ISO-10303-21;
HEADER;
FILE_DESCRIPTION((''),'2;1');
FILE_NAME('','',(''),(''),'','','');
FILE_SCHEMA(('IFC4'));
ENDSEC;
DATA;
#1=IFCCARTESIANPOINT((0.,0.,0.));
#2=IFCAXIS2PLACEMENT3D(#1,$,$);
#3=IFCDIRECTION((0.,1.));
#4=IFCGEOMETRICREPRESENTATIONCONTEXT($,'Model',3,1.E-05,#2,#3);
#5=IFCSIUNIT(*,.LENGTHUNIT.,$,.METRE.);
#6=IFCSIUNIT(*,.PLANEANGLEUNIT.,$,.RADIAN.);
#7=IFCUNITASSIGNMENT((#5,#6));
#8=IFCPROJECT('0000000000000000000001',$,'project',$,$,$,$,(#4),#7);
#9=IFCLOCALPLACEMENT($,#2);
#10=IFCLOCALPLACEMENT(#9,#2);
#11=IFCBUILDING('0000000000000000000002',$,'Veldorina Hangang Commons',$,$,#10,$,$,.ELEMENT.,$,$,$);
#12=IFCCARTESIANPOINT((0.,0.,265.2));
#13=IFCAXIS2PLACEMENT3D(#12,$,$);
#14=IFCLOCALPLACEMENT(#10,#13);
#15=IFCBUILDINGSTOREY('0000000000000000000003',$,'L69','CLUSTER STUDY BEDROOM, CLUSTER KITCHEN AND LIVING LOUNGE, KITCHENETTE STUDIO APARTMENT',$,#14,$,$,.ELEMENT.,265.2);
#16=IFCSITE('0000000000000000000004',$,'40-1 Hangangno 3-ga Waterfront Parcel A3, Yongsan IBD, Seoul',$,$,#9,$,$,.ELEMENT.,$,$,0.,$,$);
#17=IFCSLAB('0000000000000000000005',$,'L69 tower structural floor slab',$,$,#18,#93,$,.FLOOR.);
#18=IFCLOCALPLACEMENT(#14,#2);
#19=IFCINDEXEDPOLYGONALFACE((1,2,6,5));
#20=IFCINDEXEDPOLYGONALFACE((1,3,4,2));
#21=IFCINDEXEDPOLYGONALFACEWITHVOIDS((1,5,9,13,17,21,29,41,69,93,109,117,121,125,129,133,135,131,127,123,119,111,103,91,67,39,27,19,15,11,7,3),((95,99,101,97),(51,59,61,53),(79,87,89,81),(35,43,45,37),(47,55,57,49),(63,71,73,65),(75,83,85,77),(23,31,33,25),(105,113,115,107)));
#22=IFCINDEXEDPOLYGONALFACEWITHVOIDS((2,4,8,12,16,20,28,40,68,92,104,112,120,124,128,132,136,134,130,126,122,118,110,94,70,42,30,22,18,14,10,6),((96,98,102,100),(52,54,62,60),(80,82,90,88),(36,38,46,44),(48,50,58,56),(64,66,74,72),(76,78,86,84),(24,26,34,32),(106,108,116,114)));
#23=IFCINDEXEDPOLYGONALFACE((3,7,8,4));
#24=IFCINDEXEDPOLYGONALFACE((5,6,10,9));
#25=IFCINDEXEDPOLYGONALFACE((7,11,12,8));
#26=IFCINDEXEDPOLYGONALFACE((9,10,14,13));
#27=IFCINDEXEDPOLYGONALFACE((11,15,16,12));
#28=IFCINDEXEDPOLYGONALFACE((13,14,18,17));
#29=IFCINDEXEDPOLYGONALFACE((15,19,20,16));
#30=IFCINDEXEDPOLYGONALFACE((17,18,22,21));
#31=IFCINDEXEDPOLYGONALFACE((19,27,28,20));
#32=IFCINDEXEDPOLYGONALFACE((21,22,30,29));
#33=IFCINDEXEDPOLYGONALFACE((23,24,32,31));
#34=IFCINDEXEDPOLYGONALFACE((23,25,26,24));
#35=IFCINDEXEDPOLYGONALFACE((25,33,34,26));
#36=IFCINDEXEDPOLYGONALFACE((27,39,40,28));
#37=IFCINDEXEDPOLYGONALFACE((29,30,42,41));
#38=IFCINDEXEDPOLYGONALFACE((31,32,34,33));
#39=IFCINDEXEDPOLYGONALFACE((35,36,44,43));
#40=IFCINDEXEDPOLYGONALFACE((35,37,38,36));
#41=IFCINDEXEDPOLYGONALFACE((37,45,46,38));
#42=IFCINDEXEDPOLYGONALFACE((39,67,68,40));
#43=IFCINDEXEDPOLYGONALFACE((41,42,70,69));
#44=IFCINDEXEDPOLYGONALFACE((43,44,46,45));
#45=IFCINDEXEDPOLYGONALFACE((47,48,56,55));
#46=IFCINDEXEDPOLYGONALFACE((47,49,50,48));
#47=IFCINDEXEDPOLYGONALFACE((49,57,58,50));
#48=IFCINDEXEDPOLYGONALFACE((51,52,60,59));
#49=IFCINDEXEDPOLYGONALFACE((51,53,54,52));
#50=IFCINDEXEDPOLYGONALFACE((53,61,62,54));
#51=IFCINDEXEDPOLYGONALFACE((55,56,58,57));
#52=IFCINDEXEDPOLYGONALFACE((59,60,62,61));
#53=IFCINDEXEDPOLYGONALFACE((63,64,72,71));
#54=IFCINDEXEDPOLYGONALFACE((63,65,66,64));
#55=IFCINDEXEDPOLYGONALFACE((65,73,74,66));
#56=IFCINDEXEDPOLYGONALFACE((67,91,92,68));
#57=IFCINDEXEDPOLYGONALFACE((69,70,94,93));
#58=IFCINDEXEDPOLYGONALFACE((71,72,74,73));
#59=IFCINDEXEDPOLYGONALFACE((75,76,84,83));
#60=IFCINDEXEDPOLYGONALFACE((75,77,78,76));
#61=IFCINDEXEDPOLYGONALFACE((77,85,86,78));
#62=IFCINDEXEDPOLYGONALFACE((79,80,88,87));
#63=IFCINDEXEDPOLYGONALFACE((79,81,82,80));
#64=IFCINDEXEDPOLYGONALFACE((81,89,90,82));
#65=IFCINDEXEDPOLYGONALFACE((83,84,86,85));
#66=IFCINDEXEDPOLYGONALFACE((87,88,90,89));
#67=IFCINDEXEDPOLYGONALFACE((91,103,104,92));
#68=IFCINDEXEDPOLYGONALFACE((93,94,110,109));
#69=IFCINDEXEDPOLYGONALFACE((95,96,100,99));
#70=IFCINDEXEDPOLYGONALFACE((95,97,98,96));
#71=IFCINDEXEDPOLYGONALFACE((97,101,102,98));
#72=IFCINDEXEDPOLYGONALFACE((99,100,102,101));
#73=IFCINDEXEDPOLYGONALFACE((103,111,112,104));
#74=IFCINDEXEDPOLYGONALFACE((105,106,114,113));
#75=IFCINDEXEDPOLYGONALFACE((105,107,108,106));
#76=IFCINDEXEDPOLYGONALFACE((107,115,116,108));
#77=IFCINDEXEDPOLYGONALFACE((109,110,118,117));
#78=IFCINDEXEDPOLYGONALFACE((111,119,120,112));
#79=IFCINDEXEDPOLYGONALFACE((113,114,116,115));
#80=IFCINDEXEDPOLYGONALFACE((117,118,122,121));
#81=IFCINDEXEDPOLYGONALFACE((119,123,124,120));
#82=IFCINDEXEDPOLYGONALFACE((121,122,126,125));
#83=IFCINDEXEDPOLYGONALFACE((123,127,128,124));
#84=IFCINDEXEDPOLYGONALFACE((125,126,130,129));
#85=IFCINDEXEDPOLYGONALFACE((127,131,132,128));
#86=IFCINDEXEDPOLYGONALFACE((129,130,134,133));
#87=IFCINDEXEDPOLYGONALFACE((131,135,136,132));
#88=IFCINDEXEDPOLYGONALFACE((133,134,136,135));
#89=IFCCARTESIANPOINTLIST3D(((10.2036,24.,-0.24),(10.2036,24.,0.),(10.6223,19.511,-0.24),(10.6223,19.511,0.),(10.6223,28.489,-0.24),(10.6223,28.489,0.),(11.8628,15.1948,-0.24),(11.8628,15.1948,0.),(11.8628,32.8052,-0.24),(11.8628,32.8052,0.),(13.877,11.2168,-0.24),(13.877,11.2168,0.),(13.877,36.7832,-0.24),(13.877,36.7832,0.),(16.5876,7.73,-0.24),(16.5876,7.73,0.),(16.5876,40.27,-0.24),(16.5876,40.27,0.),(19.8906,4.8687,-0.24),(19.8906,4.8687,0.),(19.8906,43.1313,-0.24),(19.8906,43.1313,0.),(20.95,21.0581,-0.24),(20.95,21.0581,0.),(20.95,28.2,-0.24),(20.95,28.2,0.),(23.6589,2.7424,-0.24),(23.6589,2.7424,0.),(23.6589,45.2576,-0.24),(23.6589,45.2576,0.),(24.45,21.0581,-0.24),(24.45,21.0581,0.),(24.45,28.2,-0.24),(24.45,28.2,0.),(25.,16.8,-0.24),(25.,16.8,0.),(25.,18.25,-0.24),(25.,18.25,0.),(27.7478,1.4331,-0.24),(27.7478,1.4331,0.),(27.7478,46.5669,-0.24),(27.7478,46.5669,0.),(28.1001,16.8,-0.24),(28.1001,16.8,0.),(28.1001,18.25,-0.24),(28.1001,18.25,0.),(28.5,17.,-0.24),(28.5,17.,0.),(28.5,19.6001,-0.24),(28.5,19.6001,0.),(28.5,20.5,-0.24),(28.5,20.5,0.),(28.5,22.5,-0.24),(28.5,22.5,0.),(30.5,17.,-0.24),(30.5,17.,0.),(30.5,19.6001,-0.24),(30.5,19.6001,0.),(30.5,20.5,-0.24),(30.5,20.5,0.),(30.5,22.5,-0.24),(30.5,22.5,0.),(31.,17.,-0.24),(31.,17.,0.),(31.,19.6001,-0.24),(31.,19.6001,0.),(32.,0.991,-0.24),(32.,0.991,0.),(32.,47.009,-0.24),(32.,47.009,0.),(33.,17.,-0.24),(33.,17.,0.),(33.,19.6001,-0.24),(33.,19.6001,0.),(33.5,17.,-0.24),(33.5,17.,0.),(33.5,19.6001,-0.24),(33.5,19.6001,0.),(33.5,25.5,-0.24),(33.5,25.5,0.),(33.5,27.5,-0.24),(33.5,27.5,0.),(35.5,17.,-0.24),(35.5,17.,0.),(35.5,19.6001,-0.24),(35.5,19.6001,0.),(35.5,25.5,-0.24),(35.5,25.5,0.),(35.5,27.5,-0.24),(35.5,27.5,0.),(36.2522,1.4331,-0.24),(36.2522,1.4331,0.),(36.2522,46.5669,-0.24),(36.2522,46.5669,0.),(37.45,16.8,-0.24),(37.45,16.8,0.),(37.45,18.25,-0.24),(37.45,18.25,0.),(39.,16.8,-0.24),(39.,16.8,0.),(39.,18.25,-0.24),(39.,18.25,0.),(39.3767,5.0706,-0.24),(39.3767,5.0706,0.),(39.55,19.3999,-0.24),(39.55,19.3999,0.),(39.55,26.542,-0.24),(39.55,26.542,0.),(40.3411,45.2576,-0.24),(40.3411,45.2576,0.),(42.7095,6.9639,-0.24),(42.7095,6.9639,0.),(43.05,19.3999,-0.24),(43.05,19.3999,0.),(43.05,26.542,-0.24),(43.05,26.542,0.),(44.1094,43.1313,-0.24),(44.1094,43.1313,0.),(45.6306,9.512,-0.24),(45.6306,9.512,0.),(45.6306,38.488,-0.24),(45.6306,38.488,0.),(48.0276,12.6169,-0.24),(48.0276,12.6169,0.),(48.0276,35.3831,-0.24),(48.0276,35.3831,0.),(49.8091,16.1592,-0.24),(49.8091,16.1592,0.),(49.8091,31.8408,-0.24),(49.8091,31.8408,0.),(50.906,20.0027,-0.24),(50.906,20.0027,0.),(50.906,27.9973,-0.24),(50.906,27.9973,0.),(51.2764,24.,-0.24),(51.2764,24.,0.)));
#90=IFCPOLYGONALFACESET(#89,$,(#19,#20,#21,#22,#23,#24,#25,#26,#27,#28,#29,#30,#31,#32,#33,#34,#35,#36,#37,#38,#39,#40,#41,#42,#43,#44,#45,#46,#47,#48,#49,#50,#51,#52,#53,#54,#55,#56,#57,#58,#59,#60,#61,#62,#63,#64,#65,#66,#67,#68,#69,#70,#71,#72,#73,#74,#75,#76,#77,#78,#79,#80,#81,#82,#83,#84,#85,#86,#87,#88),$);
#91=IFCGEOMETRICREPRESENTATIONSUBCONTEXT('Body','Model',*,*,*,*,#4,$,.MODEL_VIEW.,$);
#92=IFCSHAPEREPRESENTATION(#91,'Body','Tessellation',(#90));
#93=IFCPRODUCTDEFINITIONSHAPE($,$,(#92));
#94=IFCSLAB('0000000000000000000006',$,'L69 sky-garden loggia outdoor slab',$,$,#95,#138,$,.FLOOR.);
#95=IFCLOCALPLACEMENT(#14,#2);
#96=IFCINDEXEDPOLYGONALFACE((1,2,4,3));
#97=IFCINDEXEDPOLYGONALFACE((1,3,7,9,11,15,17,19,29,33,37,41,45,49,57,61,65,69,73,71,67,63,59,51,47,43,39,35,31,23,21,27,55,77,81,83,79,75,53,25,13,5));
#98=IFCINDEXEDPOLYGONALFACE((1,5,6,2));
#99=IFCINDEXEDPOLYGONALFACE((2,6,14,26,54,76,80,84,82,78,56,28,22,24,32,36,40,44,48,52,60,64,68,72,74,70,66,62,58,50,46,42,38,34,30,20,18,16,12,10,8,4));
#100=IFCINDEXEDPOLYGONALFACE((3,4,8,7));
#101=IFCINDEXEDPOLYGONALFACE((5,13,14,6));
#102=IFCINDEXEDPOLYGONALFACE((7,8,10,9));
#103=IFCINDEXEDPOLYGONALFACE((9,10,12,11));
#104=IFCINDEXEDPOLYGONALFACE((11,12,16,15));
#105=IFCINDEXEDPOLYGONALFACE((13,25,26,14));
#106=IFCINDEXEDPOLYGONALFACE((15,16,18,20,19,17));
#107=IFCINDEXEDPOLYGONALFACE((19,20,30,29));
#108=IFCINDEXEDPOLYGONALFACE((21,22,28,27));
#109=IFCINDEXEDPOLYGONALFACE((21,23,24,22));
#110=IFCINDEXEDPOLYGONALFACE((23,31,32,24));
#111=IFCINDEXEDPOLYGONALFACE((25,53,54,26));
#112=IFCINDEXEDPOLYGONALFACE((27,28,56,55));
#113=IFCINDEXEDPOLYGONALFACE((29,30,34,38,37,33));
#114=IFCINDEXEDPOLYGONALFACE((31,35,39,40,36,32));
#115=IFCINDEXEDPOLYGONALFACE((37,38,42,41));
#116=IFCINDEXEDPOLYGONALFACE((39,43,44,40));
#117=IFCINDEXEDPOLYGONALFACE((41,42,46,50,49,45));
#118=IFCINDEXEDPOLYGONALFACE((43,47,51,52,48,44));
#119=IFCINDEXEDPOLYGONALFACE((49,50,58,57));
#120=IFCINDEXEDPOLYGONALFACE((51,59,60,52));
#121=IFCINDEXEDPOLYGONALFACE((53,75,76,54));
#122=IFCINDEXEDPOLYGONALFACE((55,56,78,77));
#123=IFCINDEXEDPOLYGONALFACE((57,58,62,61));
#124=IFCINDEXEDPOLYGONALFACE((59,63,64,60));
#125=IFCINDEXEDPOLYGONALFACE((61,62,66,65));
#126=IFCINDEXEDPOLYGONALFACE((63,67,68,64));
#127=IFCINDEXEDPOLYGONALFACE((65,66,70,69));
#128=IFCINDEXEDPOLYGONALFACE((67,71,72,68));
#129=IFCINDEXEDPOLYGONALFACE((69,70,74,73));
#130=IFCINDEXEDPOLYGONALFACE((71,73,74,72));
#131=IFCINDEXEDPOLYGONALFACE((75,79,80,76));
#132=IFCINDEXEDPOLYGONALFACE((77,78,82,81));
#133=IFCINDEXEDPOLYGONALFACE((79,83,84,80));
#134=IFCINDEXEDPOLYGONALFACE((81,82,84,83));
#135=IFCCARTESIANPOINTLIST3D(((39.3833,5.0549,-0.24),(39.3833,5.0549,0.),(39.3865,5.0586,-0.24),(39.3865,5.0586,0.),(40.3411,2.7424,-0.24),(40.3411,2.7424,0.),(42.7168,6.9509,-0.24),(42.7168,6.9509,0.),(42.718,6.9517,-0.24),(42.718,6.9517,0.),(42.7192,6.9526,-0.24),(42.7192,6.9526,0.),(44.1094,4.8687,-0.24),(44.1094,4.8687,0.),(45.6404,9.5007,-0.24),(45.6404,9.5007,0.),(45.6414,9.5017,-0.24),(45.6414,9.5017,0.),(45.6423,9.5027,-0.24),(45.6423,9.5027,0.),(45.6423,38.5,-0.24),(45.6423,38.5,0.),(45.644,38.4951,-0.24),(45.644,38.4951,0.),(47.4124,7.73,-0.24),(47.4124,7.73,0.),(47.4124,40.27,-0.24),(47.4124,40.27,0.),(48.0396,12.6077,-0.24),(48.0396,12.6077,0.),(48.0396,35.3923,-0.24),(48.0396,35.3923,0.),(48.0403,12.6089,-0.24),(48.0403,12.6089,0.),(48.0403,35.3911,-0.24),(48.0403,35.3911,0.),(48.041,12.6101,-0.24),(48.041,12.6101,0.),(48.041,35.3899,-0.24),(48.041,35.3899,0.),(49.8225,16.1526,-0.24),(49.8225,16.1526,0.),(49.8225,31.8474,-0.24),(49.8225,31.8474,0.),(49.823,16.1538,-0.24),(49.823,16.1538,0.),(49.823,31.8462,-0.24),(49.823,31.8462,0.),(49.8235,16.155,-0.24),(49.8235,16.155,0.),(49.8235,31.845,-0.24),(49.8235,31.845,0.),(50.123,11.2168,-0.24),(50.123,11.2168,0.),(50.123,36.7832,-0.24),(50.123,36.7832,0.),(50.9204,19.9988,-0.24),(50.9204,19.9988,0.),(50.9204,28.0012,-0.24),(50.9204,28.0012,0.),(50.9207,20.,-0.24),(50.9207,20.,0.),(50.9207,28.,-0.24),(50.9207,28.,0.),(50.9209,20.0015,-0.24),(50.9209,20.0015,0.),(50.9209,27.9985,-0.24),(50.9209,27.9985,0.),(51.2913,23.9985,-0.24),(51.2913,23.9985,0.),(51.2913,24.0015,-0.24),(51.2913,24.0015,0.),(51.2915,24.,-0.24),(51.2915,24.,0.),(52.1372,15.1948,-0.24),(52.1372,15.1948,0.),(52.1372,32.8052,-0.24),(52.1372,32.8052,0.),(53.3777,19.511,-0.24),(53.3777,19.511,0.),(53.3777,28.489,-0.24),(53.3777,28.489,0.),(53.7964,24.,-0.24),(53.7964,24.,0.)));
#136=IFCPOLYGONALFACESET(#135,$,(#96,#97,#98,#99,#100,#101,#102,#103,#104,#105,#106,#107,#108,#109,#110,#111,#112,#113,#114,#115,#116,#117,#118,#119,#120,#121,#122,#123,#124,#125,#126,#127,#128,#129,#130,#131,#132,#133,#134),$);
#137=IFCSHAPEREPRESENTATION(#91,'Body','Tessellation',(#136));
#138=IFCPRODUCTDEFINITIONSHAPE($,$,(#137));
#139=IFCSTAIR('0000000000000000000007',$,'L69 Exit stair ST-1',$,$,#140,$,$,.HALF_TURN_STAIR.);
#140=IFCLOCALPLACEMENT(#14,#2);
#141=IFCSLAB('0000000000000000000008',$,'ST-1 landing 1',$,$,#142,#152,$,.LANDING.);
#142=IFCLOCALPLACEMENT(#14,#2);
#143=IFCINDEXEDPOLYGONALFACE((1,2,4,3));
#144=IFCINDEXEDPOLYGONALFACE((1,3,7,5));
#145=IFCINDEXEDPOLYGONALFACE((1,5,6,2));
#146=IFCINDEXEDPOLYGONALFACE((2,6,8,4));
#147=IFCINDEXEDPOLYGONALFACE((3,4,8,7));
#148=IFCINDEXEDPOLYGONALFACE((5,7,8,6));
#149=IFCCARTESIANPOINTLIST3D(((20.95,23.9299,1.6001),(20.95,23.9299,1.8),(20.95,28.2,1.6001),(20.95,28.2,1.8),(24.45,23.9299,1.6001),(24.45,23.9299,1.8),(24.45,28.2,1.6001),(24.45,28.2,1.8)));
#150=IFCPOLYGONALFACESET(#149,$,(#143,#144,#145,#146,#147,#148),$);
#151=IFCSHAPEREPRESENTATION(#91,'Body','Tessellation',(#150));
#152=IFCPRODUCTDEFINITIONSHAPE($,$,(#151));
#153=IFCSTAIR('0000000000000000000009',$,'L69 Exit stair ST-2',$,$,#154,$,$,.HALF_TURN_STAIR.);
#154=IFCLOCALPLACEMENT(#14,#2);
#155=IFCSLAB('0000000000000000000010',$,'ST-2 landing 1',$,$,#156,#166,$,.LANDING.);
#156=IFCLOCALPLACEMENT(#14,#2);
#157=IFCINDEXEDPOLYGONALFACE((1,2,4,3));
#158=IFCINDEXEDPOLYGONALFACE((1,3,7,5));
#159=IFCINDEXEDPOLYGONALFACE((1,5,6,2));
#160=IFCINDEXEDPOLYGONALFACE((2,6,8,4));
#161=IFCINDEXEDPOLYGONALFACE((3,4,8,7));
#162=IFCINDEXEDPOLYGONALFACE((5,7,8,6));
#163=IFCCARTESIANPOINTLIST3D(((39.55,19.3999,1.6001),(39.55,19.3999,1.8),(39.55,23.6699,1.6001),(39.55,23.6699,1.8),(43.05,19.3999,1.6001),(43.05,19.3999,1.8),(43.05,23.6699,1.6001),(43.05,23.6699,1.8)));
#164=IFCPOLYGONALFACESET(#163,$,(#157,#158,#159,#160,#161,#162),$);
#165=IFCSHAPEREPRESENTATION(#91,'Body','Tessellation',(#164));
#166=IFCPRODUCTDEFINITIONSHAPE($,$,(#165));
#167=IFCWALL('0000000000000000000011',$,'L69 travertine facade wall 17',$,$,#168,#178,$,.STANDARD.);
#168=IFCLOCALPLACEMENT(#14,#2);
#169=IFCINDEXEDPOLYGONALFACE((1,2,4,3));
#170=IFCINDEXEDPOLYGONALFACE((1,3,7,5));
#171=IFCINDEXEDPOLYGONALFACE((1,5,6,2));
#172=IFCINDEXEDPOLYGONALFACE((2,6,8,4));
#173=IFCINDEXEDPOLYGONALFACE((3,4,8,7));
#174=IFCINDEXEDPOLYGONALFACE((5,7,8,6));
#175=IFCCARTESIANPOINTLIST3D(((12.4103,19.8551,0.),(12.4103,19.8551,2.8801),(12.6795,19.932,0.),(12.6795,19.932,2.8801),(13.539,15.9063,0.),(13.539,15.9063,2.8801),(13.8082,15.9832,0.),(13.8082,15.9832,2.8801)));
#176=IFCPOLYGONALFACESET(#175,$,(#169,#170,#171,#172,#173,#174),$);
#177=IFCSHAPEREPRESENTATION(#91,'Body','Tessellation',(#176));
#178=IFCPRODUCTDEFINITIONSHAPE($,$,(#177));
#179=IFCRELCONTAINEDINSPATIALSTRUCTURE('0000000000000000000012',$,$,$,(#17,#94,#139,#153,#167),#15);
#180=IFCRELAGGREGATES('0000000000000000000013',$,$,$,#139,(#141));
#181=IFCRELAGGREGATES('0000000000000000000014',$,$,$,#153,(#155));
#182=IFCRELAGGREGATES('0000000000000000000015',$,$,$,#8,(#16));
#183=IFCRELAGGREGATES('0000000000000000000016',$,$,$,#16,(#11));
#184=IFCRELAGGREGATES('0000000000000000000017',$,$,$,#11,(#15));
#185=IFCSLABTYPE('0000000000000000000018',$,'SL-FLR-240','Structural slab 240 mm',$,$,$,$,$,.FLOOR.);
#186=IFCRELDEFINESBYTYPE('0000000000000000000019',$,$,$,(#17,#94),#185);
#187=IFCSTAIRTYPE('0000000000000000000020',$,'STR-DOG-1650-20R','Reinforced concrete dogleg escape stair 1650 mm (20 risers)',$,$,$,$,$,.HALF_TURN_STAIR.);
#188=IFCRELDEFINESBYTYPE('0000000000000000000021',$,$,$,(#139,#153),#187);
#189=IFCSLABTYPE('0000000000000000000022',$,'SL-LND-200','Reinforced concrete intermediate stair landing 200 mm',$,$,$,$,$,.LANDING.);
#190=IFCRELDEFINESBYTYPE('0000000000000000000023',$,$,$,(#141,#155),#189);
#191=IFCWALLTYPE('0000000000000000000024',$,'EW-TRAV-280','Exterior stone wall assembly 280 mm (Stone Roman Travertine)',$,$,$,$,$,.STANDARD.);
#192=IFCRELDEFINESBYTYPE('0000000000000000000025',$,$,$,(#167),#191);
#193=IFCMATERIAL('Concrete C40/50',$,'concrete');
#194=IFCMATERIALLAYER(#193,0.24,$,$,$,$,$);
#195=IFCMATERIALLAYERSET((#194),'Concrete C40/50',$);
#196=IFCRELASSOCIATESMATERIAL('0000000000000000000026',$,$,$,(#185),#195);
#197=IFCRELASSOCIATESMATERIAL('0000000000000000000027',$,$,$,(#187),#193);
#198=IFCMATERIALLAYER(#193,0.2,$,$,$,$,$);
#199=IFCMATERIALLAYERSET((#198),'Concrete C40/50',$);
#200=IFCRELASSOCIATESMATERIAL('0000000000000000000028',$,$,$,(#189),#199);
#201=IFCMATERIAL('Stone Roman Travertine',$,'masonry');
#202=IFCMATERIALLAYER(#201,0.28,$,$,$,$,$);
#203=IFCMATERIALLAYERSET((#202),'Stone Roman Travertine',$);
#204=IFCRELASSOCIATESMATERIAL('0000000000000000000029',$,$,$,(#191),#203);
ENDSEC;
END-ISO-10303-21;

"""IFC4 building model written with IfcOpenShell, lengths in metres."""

from ifc_helpers import new_model, si_unit, direction, frame, frame_2d, origin, place, context, subcontext, project, spatial, polyline, rectangle, outline, extrude, material, layer, layer_set, type_object, element, aggregate, save


model = new_model("IFC4")

# Units and contexts
model_context = context("Model", 3, precision=1e-05, world=origin(), true_north=direction((0.0, 1.0)))
body_context = subcontext(model_context, "Body", "Model", "MODEL_VIEW")
ifc_project = project(units=[si_unit("LENGTHUNIT", "METRE"), si_unit("PLANEANGLEUNIT", "RADIAN")], contexts=[model_context])

# Site, building, storey
site_placement = place(None, origin())
site = spatial("IfcSite", under=ifc_project, at=site_placement, Name="40-1 Hangangno 3-ga Waterfront Parcel A3, Yongsan IBD, Seoul", CompositionType="ELEMENT", RefElevation=0.0)
building_placement = place(site_placement, origin())
building = spatial("IfcBuilding", under=site, at=building_placement, Name="Veldorina Hangang Commons", CompositionType="ELEMENT")
storey_placement = place(building_placement, frame((0.0, 0.0, 265.2)))
storey = spatial("IfcBuildingStorey", under=building, at=storey_placement, Name="L69", Description="CLUSTER STUDY BEDROOM, CLUSTER KITCHEN AND LIVING LOUNGE, KITCHENETTE STUDIO APARTMENT", CompositionType="ELEMENT", Elevation=265.2)

# Slabs
ifc_material_1 = material(Name="Concrete C40/50", Category="concrete")
ifc_layer_1 = layer(ifc_material_1, 0.24)
ifc_layer_set_1 = layer_set([ifc_layer_1], Name="Concrete C40/50")
slab_type_1 = type_object("IfcSlabType", Name="SL-FLR-240", Description="Structural slab 240 mm", PredefinedType="FLOOR", material=ifc_layer_set_1)
slab_1_placement = place(storey_placement, frame((0.0, 0.0, -0.24)))
element("IfcSlab", 1, at=slab_1_placement, inside=storey, type_object=slab_type_1, Name="L69 tower structural floor slab", PredefinedType="FLOOR", context=body_context, shape_type="SweptSolid", body=[
    extrude(outline(polyline([(51.2764, 24.0), (50.906, 27.9973), (49.8091, 31.8408), (48.0276, 35.3831), (45.6306, 38.488), (44.1094, 43.1313), (40.3411, 45.2576), (36.2522, 46.5669), (32.0, 47.009), (27.7478, 46.5669), (23.6589, 45.2576), (19.8906, 43.1313), (16.5876, 40.27), (13.877, 36.7832), (11.8628, 32.8052), (10.6223, 28.489), (10.2036, 24.0), (10.6223, 19.511), (11.8628, 15.1948), (13.877, 11.2168), (16.5876, 7.73), (19.8906, 4.8687), (23.6589, 2.7424), (27.7478, 1.4331), (32.0, 0.991), (36.2522, 1.4331), (39.3767, 5.0706), (42.7095, 6.9639), (45.6306, 9.512), (48.0276, 12.6169), (49.8091, 16.1592), (50.906, 20.0027), (51.2764, 24.0)]), holes=[polyline([(20.95, 21.0581), (20.95, 28.2), (24.45, 28.2), (24.45, 21.0581), (20.95, 21.0581)]), polyline([(43.05, 26.542), (43.05, 19.3999), (39.55, 19.3999), (39.55, 26.542), (43.05, 26.542)]), polyline([(33.5, 27.5), (35.5, 27.5), (35.5, 25.5), (33.5, 25.5), (33.5, 27.5)]), polyline([(28.5, 22.5), (30.5, 22.5), (30.5, 20.5), (28.5, 20.5), (28.5, 22.5)]), polyline([(28.5, 19.6001), (30.5, 19.6001), (30.5, 17.0), (28.5, 17.0), (28.5, 19.6001)]), polyline([(31.0, 19.6001), (33.0, 19.6001), (33.0, 17.0), (31.0, 17.0), (31.0, 19.6001)]), polyline([(33.5, 19.6001), (35.5, 19.6001), (35.5, 17.0), (33.5, 17.0), (33.5, 19.6001)]), polyline([(25.0, 18.25), (28.1001, 18.25), (28.1001, 16.8), (25.0, 16.8), (25.0, 18.25)]), polyline([(37.45, 18.25), (39.0, 18.25), (39.0, 16.8), (37.45, 16.8), (37.45, 18.25)])]), origin(), (0.0, 0.0, 1.0), 0.24),
])
slab_2_placement = place(storey_placement, frame((0.0, 0.0, -0.24)))
element("IfcSlab", 2, at=slab_2_placement, inside=storey, type_object=slab_type_1, Name="L69 sky-garden loggia outdoor slab", PredefinedType="FLOOR", context=body_context, shape_type="SweptSolid", body=[
    extrude(outline(polyline([(47.4124, 40.27), (50.123, 36.7832), (52.1372, 32.8052), (53.3777, 28.489), (53.7964, 24.0), (53.3777, 19.511), (52.1372, 15.1948), (50.123, 11.2168), (47.4124, 7.73), (44.1094, 4.8687), (40.3411, 2.7424), (39.3833, 5.0549), (39.3865, 5.0586), (42.7168, 6.9509), (42.718, 6.9517), (42.7192, 6.9526), (45.6404, 9.5007), (45.6414, 9.5017), (45.6423, 9.5027), (48.0396, 12.6077), (48.0403, 12.6089), (48.041, 12.6101), (49.8225, 16.1526), (49.823, 16.1538), (49.8235, 16.155), (50.9204, 19.9988), (50.9207, 20.0), (50.9209, 20.0015), (51.2913, 23.9985), (51.2915, 24.0), (51.2913, 24.0015), (50.9209, 27.9985), (50.9207, 28.0), (50.9204, 28.0012), (49.8235, 31.845), (49.823, 31.8462), (49.8225, 31.8474), (48.041, 35.3899), (48.0403, 35.3911), (48.0396, 35.3923), (45.644, 38.4951), (45.6423, 38.5), (47.4124, 40.27)])), origin(), (0.0, 0.0, 1.0), 0.24),
])

# Stairs, slabs
stair_type = type_object("IfcStairType", Name="STR-DOG-1650-20R", Description="Reinforced concrete dogleg escape stair 1650 mm (20 risers)", PredefinedType="HALF_TURN_STAIR", material=ifc_material_1)
stair_1_placement = place(storey_placement, origin())
stair_1 = element("IfcStair", 3, at=stair_1_placement, inside=storey, type_object=stair_type, Name="L69 Exit stair ST-1", PredefinedType="HALF_TURN_STAIR")
ifc_layer_2 = layer(ifc_material_1, 0.2)
ifc_layer_set_2 = layer_set([ifc_layer_2], Name="Concrete C40/50")
slab_type_2 = type_object("IfcSlabType", Name="SL-LND-200", Description="Reinforced concrete intermediate stair landing 200 mm", PredefinedType="LANDING", material=ifc_layer_set_2)
slab_3_placement = place(storey_placement, frame((0.0, 0.0, 1.6001)))
slab_3 = element("IfcSlab", 4, at=slab_3_placement, type_object=slab_type_2, Name="ST-1 landing 1", PredefinedType="LANDING", context=body_context, shape_type="SweptSolid", body=[
    extrude(outline(polyline([(24.45, 23.9299), (24.45, 28.2), (20.95, 28.2), (20.95, 23.9299), (24.45, 23.9299)])), origin(), (0.0, 0.0, 1.0), 0.2),
])
aggregate(stair_1, [slab_3])
stair_2_placement = place(storey_placement, origin())
stair_2 = element("IfcStair", 5, at=stair_2_placement, inside=storey, type_object=stair_type, Name="L69 Exit stair ST-2", PredefinedType="HALF_TURN_STAIR")
slab_4_placement = place(storey_placement, frame((0.0, 0.0, 1.6001)))
slab_4 = element("IfcSlab", 6, at=slab_4_placement, type_object=slab_type_2, Name="ST-2 landing 1", PredefinedType="LANDING", context=body_context, shape_type="SweptSolid", body=[
    extrude(outline(polyline([(39.55, 23.6699), (39.55, 19.3999), (43.05, 19.3999), (43.05, 23.6699), (39.55, 23.6699)])), origin(), (0.0, 0.0, 1.0), 0.2),
])
aggregate(stair_2, [slab_4])

# Wall
ifc_material_2 = material(Name="Stone Roman Travertine", Category="masonry")
ifc_layer_3 = layer(ifc_material_2, 0.28)
ifc_layer_set_3 = layer_set([ifc_layer_3], Name="Stone Roman Travertine")
wall_type = type_object("IfcWallType", Name="EW-TRAV-280", Description="Exterior stone wall assembly 280 mm (Stone Roman Travertine)", PredefinedType="STANDARD", material=ifc_layer_set_3)
wall_1_placement = place(storey_placement, frame((12.5449, 19.8936, 0.0), z_axis=(0.0, 0.0, 1.0), x_axis=(0.274823, -0.961495, 0.0)))
element("IfcWall", 7, at=wall_1_placement, inside=storey, type_object=wall_type, Name="L69 travertine facade wall 17", PredefinedType="STANDARD", context=body_context, shape_type="SweptSolid", body=[
    extrude(rectangle(XDim=4.1069, YDim=0.28, at=frame_2d((2.0535, 0.0))), origin(), (0.0, 0.0, 1.0), 2.8801),
])

save(model, "model.ifc")
